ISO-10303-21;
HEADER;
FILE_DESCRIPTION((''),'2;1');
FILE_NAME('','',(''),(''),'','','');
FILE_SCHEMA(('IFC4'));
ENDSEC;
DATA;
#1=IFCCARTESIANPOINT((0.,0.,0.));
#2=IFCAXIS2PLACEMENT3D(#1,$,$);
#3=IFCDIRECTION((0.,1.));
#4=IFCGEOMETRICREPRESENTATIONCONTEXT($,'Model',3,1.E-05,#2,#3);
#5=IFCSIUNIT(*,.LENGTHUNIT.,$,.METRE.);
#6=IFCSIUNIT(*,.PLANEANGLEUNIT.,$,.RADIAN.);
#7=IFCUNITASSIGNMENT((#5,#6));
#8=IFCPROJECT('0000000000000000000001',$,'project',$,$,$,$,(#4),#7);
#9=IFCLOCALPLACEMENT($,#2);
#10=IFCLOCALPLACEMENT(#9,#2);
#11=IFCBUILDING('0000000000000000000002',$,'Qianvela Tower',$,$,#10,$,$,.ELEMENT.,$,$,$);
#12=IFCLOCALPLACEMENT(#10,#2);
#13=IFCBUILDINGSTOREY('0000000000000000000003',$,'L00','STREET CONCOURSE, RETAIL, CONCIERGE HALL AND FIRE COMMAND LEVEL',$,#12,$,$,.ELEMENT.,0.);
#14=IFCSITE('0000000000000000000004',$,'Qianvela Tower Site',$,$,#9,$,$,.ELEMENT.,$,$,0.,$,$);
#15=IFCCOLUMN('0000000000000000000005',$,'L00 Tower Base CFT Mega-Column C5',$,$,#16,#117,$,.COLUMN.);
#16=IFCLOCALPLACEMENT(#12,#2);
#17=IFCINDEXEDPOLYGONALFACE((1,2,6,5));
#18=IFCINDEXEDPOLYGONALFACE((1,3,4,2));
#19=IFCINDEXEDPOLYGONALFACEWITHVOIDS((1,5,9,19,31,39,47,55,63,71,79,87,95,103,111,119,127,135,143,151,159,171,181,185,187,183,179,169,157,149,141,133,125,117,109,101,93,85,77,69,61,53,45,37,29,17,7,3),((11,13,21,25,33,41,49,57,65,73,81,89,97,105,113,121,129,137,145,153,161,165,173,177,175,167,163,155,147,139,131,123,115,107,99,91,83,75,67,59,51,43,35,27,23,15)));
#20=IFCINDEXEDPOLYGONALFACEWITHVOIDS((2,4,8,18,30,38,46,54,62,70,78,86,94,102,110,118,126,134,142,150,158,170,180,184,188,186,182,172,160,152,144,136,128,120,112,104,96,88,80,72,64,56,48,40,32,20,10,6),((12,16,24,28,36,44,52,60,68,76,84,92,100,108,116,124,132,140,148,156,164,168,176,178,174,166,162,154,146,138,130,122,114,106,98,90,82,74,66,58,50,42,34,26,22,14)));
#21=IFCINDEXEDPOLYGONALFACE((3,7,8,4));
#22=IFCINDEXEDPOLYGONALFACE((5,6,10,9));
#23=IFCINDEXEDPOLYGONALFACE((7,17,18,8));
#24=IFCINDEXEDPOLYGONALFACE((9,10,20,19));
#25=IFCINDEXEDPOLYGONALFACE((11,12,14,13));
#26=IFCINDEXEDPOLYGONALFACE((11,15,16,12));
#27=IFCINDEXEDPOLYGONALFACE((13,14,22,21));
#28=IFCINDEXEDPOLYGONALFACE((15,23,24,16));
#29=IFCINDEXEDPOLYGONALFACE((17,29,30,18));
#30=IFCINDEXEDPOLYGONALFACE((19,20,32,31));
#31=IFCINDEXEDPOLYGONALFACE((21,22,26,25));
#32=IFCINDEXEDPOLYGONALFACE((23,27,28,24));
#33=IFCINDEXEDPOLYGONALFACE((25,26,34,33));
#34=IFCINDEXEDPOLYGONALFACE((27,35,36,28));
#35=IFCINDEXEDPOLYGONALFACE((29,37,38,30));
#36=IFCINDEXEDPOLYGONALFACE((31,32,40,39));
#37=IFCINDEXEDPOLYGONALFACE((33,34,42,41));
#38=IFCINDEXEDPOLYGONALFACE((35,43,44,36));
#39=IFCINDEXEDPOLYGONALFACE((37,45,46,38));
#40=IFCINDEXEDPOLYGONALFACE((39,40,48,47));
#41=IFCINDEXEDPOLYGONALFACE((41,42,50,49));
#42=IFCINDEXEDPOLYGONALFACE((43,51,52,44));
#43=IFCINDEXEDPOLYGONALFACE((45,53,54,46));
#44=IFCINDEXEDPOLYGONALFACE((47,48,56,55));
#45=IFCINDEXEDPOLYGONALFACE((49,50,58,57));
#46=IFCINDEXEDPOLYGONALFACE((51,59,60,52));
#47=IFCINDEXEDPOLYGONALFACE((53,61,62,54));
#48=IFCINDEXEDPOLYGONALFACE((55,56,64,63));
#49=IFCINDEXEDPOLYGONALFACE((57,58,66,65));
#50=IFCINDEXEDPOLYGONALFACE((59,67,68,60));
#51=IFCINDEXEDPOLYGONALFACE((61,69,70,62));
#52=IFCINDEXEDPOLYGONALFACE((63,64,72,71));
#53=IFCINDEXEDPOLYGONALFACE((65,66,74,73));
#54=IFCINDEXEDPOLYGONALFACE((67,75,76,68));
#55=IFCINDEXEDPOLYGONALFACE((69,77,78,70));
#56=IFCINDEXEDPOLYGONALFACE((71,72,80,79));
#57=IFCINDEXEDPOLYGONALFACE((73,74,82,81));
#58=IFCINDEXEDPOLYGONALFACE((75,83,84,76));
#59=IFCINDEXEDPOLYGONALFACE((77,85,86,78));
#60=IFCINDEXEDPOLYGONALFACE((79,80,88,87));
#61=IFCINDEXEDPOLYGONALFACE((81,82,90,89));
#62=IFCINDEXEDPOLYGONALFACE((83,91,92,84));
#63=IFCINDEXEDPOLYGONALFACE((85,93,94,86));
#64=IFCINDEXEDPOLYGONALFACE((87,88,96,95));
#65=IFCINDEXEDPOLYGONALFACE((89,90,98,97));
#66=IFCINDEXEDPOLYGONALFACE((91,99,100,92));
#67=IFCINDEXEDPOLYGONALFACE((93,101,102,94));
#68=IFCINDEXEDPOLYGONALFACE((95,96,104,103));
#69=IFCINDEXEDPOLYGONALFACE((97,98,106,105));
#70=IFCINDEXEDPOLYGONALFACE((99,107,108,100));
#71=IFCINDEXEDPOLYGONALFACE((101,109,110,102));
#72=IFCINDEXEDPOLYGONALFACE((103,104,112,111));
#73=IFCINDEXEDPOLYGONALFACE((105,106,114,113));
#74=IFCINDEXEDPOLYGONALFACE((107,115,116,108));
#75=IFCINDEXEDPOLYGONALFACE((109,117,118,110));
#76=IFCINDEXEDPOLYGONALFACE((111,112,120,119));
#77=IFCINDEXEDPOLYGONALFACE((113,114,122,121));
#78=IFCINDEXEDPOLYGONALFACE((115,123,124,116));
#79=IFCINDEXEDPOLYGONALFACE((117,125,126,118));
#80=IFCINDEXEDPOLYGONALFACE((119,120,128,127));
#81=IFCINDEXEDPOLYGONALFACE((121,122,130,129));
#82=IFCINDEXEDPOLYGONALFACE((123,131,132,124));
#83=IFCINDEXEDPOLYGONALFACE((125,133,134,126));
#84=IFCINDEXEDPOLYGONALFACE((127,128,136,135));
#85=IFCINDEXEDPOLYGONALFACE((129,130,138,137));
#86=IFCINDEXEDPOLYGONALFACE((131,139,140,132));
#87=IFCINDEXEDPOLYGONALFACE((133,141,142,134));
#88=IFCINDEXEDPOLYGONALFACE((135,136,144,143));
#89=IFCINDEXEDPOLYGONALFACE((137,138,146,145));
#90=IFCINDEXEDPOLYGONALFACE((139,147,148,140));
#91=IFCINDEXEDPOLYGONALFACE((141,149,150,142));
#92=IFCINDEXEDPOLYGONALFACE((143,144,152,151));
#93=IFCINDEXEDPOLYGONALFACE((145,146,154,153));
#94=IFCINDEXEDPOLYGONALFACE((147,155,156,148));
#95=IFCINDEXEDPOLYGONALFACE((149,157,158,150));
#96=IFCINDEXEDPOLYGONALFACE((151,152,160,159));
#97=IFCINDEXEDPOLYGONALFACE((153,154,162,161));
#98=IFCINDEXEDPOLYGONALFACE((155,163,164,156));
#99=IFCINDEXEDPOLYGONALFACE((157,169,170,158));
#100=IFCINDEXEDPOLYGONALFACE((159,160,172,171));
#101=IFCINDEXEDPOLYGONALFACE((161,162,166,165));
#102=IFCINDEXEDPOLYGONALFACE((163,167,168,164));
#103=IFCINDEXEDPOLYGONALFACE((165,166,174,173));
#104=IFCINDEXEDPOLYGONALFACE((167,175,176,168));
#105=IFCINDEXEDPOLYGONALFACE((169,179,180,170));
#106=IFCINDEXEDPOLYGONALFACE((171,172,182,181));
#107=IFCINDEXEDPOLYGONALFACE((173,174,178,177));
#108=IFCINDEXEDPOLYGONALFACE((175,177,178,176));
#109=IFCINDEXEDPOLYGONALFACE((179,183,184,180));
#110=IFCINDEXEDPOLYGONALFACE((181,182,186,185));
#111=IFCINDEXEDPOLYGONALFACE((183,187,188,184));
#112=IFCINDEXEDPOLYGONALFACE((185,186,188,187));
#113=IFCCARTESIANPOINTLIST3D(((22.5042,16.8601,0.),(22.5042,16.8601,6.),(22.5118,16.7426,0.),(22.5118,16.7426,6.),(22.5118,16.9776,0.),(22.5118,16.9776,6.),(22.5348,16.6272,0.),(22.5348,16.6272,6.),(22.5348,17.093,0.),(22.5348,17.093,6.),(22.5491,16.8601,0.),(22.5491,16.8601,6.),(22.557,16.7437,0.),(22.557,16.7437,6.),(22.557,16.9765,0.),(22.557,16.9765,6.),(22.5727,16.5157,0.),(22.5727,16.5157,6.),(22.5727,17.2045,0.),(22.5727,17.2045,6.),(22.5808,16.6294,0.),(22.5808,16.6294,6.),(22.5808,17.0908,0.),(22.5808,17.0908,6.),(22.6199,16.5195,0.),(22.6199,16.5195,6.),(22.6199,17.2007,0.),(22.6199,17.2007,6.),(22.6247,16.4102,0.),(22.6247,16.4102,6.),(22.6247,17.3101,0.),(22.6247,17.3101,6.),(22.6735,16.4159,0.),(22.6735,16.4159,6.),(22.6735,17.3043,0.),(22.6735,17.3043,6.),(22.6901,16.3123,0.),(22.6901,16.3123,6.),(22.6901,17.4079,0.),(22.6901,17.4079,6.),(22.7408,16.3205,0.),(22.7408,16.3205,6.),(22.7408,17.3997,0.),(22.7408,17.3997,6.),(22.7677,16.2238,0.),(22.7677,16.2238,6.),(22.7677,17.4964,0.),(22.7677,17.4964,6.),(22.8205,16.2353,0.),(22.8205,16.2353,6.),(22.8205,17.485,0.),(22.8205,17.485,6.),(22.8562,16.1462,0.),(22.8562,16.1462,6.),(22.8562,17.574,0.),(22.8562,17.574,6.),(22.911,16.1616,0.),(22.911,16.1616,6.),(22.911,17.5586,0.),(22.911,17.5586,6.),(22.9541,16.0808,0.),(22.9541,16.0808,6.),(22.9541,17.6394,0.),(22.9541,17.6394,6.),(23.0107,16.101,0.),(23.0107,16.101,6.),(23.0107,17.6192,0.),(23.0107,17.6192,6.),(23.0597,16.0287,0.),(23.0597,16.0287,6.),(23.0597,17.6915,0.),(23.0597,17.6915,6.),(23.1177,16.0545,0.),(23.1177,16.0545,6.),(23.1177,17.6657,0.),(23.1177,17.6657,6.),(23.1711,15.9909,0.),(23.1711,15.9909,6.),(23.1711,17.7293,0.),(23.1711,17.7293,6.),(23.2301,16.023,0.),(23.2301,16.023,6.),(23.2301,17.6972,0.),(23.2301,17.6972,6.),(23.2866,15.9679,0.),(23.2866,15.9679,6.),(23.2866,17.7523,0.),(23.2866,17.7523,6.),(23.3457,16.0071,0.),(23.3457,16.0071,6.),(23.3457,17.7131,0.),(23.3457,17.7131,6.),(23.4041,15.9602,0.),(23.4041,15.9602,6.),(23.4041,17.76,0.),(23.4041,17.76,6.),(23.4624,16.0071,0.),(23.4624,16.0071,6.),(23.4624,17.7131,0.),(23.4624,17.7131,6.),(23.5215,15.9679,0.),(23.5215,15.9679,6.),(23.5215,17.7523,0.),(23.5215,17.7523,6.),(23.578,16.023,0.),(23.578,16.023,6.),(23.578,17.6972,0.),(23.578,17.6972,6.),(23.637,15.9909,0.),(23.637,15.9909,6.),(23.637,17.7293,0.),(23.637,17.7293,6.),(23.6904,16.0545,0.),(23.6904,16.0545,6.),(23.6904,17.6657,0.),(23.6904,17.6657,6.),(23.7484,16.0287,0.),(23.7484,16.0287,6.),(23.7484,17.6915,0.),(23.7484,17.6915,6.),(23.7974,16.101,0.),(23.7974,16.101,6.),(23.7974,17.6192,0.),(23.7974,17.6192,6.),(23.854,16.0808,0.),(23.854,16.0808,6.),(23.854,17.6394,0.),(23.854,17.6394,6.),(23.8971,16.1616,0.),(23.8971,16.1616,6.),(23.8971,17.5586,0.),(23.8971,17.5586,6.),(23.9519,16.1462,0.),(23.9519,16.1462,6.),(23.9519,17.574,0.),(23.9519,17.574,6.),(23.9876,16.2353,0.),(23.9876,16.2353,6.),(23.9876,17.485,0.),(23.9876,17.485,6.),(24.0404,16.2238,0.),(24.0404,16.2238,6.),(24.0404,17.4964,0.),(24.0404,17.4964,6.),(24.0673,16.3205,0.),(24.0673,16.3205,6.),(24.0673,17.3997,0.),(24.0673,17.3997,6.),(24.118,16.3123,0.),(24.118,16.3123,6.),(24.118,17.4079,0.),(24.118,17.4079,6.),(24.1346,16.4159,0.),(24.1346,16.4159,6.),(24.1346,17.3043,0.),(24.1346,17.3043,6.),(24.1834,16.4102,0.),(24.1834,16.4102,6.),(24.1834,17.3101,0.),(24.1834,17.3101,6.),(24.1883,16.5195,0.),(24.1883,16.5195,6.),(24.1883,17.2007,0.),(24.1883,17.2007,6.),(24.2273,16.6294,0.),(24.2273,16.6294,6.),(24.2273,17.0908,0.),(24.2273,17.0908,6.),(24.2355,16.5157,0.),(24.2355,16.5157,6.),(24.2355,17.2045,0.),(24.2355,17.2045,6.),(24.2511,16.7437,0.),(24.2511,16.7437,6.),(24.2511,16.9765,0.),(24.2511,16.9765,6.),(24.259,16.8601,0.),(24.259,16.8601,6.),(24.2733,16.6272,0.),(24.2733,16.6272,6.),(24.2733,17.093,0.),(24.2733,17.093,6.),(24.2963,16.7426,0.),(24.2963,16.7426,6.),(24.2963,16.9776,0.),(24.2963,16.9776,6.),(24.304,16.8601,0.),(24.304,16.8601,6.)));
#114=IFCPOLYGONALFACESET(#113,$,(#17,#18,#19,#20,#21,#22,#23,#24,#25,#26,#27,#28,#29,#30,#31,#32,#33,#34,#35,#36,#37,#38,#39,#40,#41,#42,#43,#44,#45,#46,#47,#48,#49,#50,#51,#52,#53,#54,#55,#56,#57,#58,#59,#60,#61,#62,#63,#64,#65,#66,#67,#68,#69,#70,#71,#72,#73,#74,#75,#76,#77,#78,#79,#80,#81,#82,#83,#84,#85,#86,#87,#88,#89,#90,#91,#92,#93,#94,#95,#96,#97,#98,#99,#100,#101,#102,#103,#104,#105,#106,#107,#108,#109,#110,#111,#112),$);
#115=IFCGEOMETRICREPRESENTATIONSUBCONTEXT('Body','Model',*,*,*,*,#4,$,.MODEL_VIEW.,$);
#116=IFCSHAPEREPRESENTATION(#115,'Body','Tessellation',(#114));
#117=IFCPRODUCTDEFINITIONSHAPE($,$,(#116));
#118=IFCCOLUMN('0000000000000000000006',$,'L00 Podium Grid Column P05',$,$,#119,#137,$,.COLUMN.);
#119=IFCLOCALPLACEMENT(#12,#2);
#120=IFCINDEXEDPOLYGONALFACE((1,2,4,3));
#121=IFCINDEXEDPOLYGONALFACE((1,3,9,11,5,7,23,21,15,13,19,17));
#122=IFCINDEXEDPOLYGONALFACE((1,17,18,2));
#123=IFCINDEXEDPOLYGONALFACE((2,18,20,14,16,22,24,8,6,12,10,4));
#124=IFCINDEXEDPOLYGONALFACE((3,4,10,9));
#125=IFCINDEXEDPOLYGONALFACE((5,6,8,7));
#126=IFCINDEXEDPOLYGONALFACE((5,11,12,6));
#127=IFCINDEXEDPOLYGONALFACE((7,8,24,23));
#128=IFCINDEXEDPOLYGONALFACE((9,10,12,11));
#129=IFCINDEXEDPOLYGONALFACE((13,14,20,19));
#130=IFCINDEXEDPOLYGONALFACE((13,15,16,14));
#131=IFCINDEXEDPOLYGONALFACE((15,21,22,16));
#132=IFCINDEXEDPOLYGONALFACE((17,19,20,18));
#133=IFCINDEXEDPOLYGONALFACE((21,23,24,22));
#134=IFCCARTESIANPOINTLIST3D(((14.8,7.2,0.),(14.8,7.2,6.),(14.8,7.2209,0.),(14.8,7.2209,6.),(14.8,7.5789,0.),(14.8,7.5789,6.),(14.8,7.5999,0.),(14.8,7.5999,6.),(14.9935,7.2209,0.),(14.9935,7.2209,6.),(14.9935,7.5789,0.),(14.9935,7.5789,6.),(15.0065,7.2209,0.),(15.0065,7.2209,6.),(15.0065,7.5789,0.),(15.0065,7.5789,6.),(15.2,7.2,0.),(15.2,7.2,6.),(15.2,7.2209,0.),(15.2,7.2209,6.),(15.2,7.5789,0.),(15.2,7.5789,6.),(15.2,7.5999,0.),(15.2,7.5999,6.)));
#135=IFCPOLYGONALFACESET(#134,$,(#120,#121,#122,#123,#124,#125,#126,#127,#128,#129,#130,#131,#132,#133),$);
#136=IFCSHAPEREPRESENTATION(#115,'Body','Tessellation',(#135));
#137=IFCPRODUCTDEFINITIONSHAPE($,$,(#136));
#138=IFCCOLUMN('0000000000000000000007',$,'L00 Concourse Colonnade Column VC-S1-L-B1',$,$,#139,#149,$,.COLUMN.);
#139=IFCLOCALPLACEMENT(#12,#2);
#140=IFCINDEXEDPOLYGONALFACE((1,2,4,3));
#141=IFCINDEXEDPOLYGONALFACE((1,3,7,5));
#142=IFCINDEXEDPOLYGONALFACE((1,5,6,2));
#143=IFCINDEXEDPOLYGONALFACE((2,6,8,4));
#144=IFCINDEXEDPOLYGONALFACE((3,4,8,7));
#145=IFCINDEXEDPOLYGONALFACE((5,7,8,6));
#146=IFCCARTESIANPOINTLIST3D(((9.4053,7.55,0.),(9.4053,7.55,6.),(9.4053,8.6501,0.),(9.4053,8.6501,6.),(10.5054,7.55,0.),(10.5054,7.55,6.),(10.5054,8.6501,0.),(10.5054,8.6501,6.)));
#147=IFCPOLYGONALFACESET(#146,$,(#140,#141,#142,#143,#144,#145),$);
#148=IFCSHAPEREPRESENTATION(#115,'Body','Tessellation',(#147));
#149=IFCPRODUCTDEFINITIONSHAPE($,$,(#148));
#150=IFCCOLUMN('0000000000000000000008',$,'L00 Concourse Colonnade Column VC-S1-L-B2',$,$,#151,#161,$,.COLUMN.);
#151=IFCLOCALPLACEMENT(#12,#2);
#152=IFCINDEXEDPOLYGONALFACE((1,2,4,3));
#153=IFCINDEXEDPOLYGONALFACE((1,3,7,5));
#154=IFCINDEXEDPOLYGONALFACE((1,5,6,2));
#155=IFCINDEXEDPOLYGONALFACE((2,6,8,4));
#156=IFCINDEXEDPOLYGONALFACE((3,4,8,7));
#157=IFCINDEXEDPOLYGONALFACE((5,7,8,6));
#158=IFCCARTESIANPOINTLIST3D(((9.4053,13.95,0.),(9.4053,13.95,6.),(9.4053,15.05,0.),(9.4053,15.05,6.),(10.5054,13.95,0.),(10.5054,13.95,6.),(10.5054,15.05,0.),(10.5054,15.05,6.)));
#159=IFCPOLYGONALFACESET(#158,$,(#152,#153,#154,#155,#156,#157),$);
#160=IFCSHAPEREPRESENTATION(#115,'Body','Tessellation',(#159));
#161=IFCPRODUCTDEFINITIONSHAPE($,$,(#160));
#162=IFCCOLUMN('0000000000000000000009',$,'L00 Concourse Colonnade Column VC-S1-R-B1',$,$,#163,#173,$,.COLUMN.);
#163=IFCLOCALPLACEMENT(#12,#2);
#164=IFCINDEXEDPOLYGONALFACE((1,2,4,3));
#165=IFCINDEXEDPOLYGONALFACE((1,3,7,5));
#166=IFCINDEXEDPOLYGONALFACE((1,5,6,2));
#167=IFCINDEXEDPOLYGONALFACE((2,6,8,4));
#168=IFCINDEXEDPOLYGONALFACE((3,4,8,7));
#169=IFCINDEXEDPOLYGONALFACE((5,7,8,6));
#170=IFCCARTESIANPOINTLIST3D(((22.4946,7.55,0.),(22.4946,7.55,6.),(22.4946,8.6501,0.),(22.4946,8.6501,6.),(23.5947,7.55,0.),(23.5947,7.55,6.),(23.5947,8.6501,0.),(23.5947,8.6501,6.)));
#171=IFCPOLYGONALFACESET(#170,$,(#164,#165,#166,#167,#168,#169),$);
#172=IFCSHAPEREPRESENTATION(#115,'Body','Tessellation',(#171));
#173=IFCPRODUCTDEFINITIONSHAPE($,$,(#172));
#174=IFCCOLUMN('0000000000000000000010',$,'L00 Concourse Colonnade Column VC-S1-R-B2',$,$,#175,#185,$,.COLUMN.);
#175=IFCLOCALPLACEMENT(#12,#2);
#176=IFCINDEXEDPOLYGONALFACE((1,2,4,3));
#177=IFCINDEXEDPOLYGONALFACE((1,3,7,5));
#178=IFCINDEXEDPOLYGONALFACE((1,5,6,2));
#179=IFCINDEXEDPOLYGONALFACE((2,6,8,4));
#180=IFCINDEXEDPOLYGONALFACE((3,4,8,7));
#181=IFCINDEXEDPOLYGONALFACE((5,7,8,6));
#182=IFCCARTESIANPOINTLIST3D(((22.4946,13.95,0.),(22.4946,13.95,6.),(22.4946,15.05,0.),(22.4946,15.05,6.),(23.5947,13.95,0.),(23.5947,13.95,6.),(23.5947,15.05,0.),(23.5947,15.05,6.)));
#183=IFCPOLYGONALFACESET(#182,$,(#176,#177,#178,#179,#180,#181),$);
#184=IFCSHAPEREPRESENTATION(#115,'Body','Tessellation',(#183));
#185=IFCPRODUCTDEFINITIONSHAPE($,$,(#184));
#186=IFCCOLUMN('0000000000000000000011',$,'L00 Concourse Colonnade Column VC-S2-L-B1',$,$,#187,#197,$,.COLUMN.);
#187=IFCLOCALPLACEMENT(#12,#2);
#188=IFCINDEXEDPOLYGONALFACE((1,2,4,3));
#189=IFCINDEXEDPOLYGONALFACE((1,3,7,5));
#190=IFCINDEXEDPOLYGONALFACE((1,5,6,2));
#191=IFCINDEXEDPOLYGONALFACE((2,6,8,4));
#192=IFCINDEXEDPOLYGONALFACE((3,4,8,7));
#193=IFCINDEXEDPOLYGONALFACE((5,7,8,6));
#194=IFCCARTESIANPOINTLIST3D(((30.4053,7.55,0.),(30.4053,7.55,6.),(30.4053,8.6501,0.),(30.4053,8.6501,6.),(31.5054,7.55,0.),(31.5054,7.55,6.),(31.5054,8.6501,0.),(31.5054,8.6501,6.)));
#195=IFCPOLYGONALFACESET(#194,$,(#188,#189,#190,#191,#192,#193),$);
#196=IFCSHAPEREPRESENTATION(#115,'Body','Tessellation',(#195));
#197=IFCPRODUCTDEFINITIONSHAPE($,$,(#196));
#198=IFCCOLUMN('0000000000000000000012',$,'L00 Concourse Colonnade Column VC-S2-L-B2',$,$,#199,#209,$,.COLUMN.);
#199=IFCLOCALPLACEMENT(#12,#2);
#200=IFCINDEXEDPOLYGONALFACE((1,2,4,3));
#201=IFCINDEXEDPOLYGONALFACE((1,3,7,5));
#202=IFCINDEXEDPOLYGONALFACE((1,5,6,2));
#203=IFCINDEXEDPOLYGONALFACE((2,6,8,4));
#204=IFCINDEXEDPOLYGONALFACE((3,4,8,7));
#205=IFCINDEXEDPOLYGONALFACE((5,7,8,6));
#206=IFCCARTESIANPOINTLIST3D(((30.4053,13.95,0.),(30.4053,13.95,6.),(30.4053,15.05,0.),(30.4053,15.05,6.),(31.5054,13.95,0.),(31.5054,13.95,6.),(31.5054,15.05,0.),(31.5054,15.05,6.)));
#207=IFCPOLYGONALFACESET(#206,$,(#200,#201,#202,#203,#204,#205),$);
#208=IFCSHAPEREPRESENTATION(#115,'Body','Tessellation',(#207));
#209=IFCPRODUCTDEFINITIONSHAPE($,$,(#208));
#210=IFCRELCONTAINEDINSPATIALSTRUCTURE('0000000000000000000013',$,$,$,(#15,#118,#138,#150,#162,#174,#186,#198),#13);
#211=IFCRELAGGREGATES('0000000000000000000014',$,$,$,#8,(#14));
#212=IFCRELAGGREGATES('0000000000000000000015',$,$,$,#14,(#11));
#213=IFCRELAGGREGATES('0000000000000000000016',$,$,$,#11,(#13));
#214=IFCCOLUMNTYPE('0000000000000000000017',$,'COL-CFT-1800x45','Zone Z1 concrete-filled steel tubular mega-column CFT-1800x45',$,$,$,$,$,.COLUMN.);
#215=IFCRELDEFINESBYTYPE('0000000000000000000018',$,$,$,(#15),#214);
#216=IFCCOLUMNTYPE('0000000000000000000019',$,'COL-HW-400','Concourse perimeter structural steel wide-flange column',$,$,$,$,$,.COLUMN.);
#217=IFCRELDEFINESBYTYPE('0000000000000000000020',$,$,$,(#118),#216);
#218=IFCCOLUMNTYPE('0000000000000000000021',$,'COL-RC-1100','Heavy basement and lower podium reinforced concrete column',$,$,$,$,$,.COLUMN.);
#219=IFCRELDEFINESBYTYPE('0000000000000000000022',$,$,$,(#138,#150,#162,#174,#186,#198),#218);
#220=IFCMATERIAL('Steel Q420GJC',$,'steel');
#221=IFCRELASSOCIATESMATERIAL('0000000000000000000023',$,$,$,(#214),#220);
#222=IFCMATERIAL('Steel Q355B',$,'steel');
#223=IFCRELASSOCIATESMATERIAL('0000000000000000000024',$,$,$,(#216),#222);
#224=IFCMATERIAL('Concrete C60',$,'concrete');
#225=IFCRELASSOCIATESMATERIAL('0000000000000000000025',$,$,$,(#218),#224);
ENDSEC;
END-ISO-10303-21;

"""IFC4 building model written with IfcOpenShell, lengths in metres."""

from ifc_helpers import new_model, si_unit, direction, frame, origin, origin_2d, place, context, subcontext, project, spatial, rectangle, hollow_circle, i_section, extrude, material, material_profile, profile_set, type_object, element, save


model = new_model("IFC4")

# Units and contexts
model_context = context("Model", 3, precision=1e-05, world=origin(), true_north=direction((0.0, 1.0)))
body_context = subcontext(model_context, "Body", "Model", "MODEL_VIEW")
ifc_project = project(units=[si_unit("LENGTHUNIT", "METRE"), si_unit("PLANEANGLEUNIT", "RADIAN")], contexts=[model_context])

# Site, building, storey
site_placement = place(None, origin())
site = spatial("IfcSite", under=ifc_project, at=site_placement, Name="Qianvela Tower Site", CompositionType="ELEMENT", RefElevation=0.0)
building_placement = place(site_placement, origin())
building = spatial("IfcBuilding", under=site, at=building_placement, Name="Qianvela Tower", CompositionType="ELEMENT")
storey_placement = place(building_placement, origin())
storey = spatial("IfcBuildingStorey", under=building, at=storey_placement, Name="L00", Description="STREET CONCOURSE, RETAIL, CONCIERGE HALL AND FIRE COMMAND LEVEL", CompositionType="ELEMENT", Elevation=0.0)

# Columns
ifc_material_1 = material(Name="Steel Q420GJC", Category="steel")
ifc_material_profile_1 = material_profile(ifc_material_1, hollow_circle(Radius=0.8999, WallThickness=0.0449, at=origin_2d()), Name="CFT-1800x45")
ifc_profile_set_1 = profile_set([ifc_material_profile_1], Name="Steel Q420GJC")
column_type_1 = type_object("IfcColumnType", Name="COL-CFT-1800x45", Description="Zone Z1 concrete-filled steel tubular mega-column CFT-1800x45", PredefinedType="COLUMN", material=ifc_profile_set_1)
column_1_placement = place(storey_placement, frame((23.4041, 16.8601, 0.0), z_axis=(0.0, 0.0, 1.0), x_axis=(1.0, 0.0, 0.0)))
element("IfcColumn", 1, at=column_1_placement, inside=storey, type_object=column_type_1, Name="L00 Tower Base CFT Mega-Column C5", PredefinedType="COLUMN", context=body_context, shape_type="SweptSolid", body=[
    extrude(hollow_circle(Radius=0.8999, WallThickness=0.0449, at=origin_2d()), origin(), (0.0, 0.0, 1.0), 6.0),
])
ifc_material_2 = material(Name="Steel Q355B", Category="steel")
ifc_material_profile_2 = material_profile(ifc_material_2, i_section(OverallWidth=0.3999, OverallDepth=0.3999, WebThickness=0.0129, FlangeThickness=0.021, at=origin_2d()), Name="HW400x400x13x21")
ifc_profile_set_2 = profile_set([ifc_material_profile_2], Name="Steel Q355B")
column_type_2 = type_object("IfcColumnType", Name="COL-HW-400", Description="Concourse perimeter structural steel wide-flange column", PredefinedType="COLUMN", material=ifc_profile_set_2)
column_2_placement = place(storey_placement, frame((15.0, 7.3999, 0.0), z_axis=(0.0, 0.0, 1.0), x_axis=(1.0, 0.0, 0.0)))
element("IfcColumn", 2, at=column_2_placement, inside=storey, type_object=column_type_2, Name="L00 Podium Grid Column P05", PredefinedType="COLUMN", context=body_context, shape_type="SweptSolid", body=[
    extrude(i_section(OverallWidth=0.3999, OverallDepth=0.3999, WebThickness=0.0129, FlangeThickness=0.021, at=origin_2d()), origin(), (0.0, 0.0, 1.0), 6.0),
])
ifc_material_3 = material(Name="Concrete C60", Category="concrete")
ifc_material_profile_3 = material_profile(ifc_material_3, rectangle(XDim=1.1001, YDim=1.1001, at=origin_2d()), Name="RC-COL-1100x1100")
ifc_profile_set_3 = profile_set([ifc_material_profile_3], Name="Concrete C60")
column_type_3 = type_object("IfcColumnType", Name="COL-RC-1100", Description="Heavy basement and lower podium reinforced concrete column", PredefinedType="COLUMN", material=ifc_profile_set_3)
for number, where, z_axis, x_axis, name in (
    (3, (9.9553, 8.1001, 0.0), (0.0, 0.0, 1.0), (1.0, 0.0, 0.0), "L00 Concourse Colonnade Column VC-S1-L-B1"),
    (4, (9.9553, 14.5, 0.0), (0.0, 0.0, 1.0), (1.0, 0.0, 0.0), "L00 Concourse Colonnade Column VC-S1-L-B2"),
    (5, (23.0447, 8.1001, 0.0), (0.0, 0.0, 1.0), (1.0, 0.0, 0.0), "L00 Concourse Colonnade Column VC-S1-R-B1"),
    (6, (23.0447, 14.5, 0.0), (0.0, 0.0, 1.0), (1.0, 0.0, 0.0), "L00 Concourse Colonnade Column VC-S1-R-B2"),
    (7, (30.9553, 8.1001, 0.0), (0.0, 0.0, 1.0), (1.0, 0.0, 0.0), "L00 Concourse Colonnade Column VC-S2-L-B1"),
    (8, (30.9553, 14.5, 0.0), (0.0, 0.0, 1.0), (1.0, 0.0, 0.0), "L00 Concourse Colonnade Column VC-S2-L-B2"),
):
    element("IfcColumn", number, at=place(storey_placement, frame(where, z_axis=z_axis, x_axis=x_axis)), inside=storey, type_object=column_type_3, Name=name, PredefinedType="COLUMN", context=body_context, shape_type="SweptSolid", body=[
        extrude(rectangle(XDim=1.1001, YDim=1.1001, at=origin_2d()), origin(), (0.0, 0.0, 1.0), 6.0),
    ])

save(model, "model.ifc")
